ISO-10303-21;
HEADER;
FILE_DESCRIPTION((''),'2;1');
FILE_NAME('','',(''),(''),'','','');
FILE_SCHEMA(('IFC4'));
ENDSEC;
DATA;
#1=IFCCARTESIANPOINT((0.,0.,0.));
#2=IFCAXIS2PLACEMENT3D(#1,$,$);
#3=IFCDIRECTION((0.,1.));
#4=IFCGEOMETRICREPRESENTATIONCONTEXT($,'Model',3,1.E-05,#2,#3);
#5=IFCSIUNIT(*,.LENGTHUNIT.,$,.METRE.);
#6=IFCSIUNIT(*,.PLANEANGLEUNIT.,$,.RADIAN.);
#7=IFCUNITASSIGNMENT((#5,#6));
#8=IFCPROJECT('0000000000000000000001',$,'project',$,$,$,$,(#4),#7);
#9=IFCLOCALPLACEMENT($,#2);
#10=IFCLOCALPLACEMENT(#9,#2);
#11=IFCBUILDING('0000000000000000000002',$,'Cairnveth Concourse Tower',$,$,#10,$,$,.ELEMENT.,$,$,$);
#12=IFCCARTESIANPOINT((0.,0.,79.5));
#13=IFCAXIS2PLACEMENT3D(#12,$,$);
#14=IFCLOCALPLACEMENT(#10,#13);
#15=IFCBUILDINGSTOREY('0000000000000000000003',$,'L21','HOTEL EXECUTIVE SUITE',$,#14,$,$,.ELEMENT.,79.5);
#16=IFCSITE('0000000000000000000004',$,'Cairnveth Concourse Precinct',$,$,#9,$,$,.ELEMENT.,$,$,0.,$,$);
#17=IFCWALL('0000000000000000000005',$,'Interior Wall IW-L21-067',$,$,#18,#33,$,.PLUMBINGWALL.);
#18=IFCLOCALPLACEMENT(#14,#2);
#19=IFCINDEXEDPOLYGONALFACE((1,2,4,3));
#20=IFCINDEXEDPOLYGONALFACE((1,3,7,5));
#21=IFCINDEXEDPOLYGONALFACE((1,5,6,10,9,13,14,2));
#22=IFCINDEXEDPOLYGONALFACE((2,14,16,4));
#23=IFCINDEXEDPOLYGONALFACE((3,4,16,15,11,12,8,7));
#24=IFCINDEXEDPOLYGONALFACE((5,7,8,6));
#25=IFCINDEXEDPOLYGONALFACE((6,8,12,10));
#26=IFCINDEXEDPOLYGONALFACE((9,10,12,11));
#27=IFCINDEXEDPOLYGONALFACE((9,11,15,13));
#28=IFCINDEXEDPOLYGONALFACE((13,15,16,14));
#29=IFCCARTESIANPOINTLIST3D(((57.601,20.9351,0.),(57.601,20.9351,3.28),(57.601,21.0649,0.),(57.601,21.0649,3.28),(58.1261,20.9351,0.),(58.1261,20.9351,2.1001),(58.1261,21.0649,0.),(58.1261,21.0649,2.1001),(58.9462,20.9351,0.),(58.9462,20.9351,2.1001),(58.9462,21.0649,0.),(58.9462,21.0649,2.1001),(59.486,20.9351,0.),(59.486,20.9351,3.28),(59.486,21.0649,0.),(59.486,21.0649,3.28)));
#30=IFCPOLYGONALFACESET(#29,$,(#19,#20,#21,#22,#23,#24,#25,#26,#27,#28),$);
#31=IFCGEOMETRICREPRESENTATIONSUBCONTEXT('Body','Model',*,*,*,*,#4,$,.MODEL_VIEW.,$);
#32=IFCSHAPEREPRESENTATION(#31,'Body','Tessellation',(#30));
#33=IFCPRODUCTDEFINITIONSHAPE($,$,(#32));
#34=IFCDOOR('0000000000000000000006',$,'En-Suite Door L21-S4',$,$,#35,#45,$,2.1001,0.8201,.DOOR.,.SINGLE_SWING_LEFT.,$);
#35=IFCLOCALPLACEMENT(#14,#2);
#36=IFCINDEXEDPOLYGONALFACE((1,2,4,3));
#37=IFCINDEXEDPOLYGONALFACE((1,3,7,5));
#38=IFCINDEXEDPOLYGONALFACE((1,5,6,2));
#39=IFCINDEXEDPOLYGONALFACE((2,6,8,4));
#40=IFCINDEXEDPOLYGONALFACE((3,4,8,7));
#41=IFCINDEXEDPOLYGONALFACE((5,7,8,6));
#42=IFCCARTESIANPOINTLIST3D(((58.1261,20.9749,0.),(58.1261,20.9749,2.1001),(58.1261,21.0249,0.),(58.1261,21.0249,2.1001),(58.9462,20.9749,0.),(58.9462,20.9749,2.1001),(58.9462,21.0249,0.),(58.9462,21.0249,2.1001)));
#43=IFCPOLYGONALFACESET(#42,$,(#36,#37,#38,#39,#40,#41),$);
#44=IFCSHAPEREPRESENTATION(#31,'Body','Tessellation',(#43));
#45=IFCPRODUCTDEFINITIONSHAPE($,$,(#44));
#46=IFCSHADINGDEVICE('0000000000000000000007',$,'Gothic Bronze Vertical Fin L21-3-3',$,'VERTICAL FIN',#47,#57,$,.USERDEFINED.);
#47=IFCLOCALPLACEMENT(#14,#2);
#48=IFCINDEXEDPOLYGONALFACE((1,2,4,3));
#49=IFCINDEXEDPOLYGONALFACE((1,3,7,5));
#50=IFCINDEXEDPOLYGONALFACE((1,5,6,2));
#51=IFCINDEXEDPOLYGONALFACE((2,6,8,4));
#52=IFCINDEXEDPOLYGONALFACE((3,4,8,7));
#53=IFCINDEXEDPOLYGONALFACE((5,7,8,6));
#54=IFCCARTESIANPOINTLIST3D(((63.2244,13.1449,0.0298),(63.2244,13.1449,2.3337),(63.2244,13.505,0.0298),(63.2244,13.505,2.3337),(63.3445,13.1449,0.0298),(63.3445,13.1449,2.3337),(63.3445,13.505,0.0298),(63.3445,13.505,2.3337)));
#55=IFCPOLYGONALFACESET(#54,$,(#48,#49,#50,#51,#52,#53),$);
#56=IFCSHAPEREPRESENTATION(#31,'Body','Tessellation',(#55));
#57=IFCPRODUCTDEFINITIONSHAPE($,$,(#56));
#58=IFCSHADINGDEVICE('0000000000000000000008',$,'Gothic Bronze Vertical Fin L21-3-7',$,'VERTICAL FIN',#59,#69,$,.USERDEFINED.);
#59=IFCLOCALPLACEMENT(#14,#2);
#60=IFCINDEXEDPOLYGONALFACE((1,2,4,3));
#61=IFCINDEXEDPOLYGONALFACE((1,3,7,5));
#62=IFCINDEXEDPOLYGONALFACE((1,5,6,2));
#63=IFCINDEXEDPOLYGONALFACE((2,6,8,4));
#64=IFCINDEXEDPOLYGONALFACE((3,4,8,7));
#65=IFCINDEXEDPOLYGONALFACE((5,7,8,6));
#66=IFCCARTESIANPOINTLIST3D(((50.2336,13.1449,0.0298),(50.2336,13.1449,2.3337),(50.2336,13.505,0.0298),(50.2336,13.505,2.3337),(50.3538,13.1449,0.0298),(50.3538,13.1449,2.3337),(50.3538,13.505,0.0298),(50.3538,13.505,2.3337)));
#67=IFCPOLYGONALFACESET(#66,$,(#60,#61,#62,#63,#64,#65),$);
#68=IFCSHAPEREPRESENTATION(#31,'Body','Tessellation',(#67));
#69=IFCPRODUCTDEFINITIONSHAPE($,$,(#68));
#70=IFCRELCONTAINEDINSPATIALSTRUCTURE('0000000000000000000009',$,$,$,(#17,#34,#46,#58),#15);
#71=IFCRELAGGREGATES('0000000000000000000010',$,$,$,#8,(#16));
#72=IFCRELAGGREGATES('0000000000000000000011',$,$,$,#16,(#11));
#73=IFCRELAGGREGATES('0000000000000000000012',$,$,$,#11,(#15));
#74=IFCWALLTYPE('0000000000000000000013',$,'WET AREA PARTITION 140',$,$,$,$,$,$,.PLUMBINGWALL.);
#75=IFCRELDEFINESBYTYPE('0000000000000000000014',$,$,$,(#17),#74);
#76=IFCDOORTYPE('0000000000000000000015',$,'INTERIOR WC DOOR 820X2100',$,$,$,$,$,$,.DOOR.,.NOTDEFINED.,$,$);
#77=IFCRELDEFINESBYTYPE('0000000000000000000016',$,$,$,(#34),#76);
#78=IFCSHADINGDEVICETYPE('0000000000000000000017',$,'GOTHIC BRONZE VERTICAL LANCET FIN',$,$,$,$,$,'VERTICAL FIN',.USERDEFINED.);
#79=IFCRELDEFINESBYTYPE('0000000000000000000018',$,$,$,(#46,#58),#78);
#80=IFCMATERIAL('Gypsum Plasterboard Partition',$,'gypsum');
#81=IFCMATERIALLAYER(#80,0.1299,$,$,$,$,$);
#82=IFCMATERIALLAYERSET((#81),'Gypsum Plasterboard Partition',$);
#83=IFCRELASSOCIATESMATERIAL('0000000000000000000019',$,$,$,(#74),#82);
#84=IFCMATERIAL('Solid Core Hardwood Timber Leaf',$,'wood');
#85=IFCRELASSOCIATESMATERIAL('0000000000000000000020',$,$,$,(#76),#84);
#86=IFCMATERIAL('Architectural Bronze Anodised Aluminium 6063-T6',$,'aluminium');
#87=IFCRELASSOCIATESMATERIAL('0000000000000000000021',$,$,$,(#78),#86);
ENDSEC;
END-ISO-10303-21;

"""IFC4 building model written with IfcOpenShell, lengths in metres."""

from ifc_helpers import new_model, si_unit, direction, frame, frame_2d, origin, origin_2d, place, context, subcontext, project, spatial, rectangle, extrude, material, layer, layer_set, type_object, element, fill, save


model = new_model("IFC4")

# Units and contexts
model_context = context("Model", 3, precision=1e-05, world=origin(), true_north=direction((0.0, 1.0)))
body_context = subcontext(model_context, "Body", "Model", "MODEL_VIEW")
ifc_project = project(units=[si_unit("LENGTHUNIT", "METRE"), si_unit("PLANEANGLEUNIT", "RADIAN")], contexts=[model_context])

# Site, building, storey
site_placement = place(None, origin())
site = spatial("IfcSite", under=ifc_project, at=site_placement, Name="Cairnveth Concourse Precinct", CompositionType="ELEMENT", RefElevation=0.0)
building_placement = place(site_placement, origin())
building = spatial("IfcBuilding", under=site, at=building_placement, Name="Cairnveth Concourse Tower", CompositionType="ELEMENT")
storey_placement = place(building_placement, frame((0.0, 0.0, 79.5)))
storey = spatial("IfcBuildingStorey", under=building, at=storey_placement, Name="L21", Description="HOTEL EXECUTIVE SUITE", CompositionType="ELEMENT", Elevation=79.5)

# Shared definitions
ifc_material_1 = material(Name="Gypsum Plasterboard Partition", Category="gypsum")

# Shared definitions
ifc_material_2 = material(Name="Architectural Bronze Anodised Aluminium 6063-T6", Category="aluminium")

# Shared definitions
ifc_material_3 = material(Name="Solid Core Hardwood Timber Leaf", Category="wood")

# Shared definitions
ifc_layer_1 = layer(ifc_material_1, 0.1299)
ifc_layer_set_1 = layer_set([ifc_layer_1], Name="Gypsum Plasterboard Partition")
wall_type_1 = type_object("IfcWallType", Name="WET AREA PARTITION 140", PredefinedType="PLUMBINGWALL", material=ifc_layer_set_1)

# Wall, opening, door
wall_1_placement = place(storey_placement, frame((57.6011, 21.0, 0.0), z_axis=(0.0, 0.0, 1.0), x_axis=(1.0, 0.0, 0.0)))
wall_1 = element("IfcWall", 1, at=wall_1_placement, inside=storey, type_object=wall_type_1, Name="Interior Wall IW-L21-067", PredefinedType="PLUMBINGWALL", context=body_context, shape_type="SweptSolid", body=[
    extrude(rectangle(XDim=1.885, YDim=0.1299, at=frame_2d((0.9424, 0.0))), origin(), (0.0, 0.0, 1.0), 3.28),
])
opening_1_placement = place(wall_1_placement, frame((0.5249, 0.0, 0.0)))
opening_1 = element("IfcOpeningElement", 2, at=opening_1_placement, cuts=wall_1, PredefinedType="OPENING", context=body_context, shape_type="SweptSolid", body=[
    extrude(rectangle(XDim=0.8201, YDim=2.1001, at=frame_2d((0.4102, 1.05))), frame((0.0, 0.075, 0.0), z_axis=(0.0, -1.0, 0.0), x_axis=(1.0, 0.0, 0.0)), (0.0, 0.0, 1.0), 0.1499),
])
door_type_1 = type_object("IfcDoorType", Name="INTERIOR WC DOOR 820X2100", OperationType="NOTDEFINED", PredefinedType="DOOR", material=ifc_material_3)
door_1_placement = place(opening_1_placement, origin())
door_1 = element("IfcDoor", 3, at=door_1_placement, inside=storey, type_object=door_type_1, Name="En-Suite Door L21-S4", OperationType="SINGLE_SWING_LEFT", OverallHeight=2.1001, OverallWidth=0.8201, PredefinedType="DOOR", context=body_context, shape_type="SweptSolid", body=[
    extrude(rectangle(XDim=0.8201, YDim=2.1001, at=frame_2d((0.4102, 1.05))), frame((0.0, 0.0249, 0.0), z_axis=(0.0, -1.0, 0.0), x_axis=(1.0, 0.0, 0.0)), (0.0, 0.0, 1.0), 0.05),
])
fill(opening_1, door_1)

# Shading devices
shading_device_type = type_object("IfcShadingDeviceType", Name="GOTHIC BRONZE VERTICAL LANCET FIN", ElementType="VERTICAL FIN", PredefinedType="USERDEFINED", material=ifc_material_2)
for number, where, z_axis, x_axis, name in (
    (4, (63.2844, 13.325, 0.0298), (0.0, 0.0, 1.0), (1.0, 0.0, 0.0), "Gothic Bronze Vertical Fin L21-3-3"),
    (5, (50.2937, 13.325, 0.0298), (0.0, 0.0, 1.0), (1.0, 0.0, 0.0), "Gothic Bronze Vertical Fin L21-3-7"),
):
    element("IfcShadingDevice", number, at=place(storey_placement, frame(where, z_axis=z_axis, x_axis=x_axis)), inside=storey, type_object=shading_device_type, Name=name, ObjectType="VERTICAL FIN", PredefinedType="USERDEFINED", context=body_context, shape_type="SweptSolid", body=[
        extrude(rectangle(XDim=0.1201, YDim=0.3601, at=origin_2d()), origin(), (0.0, 0.0, 1.0), 2.304),
    ])

save(model, "model.ifc")
